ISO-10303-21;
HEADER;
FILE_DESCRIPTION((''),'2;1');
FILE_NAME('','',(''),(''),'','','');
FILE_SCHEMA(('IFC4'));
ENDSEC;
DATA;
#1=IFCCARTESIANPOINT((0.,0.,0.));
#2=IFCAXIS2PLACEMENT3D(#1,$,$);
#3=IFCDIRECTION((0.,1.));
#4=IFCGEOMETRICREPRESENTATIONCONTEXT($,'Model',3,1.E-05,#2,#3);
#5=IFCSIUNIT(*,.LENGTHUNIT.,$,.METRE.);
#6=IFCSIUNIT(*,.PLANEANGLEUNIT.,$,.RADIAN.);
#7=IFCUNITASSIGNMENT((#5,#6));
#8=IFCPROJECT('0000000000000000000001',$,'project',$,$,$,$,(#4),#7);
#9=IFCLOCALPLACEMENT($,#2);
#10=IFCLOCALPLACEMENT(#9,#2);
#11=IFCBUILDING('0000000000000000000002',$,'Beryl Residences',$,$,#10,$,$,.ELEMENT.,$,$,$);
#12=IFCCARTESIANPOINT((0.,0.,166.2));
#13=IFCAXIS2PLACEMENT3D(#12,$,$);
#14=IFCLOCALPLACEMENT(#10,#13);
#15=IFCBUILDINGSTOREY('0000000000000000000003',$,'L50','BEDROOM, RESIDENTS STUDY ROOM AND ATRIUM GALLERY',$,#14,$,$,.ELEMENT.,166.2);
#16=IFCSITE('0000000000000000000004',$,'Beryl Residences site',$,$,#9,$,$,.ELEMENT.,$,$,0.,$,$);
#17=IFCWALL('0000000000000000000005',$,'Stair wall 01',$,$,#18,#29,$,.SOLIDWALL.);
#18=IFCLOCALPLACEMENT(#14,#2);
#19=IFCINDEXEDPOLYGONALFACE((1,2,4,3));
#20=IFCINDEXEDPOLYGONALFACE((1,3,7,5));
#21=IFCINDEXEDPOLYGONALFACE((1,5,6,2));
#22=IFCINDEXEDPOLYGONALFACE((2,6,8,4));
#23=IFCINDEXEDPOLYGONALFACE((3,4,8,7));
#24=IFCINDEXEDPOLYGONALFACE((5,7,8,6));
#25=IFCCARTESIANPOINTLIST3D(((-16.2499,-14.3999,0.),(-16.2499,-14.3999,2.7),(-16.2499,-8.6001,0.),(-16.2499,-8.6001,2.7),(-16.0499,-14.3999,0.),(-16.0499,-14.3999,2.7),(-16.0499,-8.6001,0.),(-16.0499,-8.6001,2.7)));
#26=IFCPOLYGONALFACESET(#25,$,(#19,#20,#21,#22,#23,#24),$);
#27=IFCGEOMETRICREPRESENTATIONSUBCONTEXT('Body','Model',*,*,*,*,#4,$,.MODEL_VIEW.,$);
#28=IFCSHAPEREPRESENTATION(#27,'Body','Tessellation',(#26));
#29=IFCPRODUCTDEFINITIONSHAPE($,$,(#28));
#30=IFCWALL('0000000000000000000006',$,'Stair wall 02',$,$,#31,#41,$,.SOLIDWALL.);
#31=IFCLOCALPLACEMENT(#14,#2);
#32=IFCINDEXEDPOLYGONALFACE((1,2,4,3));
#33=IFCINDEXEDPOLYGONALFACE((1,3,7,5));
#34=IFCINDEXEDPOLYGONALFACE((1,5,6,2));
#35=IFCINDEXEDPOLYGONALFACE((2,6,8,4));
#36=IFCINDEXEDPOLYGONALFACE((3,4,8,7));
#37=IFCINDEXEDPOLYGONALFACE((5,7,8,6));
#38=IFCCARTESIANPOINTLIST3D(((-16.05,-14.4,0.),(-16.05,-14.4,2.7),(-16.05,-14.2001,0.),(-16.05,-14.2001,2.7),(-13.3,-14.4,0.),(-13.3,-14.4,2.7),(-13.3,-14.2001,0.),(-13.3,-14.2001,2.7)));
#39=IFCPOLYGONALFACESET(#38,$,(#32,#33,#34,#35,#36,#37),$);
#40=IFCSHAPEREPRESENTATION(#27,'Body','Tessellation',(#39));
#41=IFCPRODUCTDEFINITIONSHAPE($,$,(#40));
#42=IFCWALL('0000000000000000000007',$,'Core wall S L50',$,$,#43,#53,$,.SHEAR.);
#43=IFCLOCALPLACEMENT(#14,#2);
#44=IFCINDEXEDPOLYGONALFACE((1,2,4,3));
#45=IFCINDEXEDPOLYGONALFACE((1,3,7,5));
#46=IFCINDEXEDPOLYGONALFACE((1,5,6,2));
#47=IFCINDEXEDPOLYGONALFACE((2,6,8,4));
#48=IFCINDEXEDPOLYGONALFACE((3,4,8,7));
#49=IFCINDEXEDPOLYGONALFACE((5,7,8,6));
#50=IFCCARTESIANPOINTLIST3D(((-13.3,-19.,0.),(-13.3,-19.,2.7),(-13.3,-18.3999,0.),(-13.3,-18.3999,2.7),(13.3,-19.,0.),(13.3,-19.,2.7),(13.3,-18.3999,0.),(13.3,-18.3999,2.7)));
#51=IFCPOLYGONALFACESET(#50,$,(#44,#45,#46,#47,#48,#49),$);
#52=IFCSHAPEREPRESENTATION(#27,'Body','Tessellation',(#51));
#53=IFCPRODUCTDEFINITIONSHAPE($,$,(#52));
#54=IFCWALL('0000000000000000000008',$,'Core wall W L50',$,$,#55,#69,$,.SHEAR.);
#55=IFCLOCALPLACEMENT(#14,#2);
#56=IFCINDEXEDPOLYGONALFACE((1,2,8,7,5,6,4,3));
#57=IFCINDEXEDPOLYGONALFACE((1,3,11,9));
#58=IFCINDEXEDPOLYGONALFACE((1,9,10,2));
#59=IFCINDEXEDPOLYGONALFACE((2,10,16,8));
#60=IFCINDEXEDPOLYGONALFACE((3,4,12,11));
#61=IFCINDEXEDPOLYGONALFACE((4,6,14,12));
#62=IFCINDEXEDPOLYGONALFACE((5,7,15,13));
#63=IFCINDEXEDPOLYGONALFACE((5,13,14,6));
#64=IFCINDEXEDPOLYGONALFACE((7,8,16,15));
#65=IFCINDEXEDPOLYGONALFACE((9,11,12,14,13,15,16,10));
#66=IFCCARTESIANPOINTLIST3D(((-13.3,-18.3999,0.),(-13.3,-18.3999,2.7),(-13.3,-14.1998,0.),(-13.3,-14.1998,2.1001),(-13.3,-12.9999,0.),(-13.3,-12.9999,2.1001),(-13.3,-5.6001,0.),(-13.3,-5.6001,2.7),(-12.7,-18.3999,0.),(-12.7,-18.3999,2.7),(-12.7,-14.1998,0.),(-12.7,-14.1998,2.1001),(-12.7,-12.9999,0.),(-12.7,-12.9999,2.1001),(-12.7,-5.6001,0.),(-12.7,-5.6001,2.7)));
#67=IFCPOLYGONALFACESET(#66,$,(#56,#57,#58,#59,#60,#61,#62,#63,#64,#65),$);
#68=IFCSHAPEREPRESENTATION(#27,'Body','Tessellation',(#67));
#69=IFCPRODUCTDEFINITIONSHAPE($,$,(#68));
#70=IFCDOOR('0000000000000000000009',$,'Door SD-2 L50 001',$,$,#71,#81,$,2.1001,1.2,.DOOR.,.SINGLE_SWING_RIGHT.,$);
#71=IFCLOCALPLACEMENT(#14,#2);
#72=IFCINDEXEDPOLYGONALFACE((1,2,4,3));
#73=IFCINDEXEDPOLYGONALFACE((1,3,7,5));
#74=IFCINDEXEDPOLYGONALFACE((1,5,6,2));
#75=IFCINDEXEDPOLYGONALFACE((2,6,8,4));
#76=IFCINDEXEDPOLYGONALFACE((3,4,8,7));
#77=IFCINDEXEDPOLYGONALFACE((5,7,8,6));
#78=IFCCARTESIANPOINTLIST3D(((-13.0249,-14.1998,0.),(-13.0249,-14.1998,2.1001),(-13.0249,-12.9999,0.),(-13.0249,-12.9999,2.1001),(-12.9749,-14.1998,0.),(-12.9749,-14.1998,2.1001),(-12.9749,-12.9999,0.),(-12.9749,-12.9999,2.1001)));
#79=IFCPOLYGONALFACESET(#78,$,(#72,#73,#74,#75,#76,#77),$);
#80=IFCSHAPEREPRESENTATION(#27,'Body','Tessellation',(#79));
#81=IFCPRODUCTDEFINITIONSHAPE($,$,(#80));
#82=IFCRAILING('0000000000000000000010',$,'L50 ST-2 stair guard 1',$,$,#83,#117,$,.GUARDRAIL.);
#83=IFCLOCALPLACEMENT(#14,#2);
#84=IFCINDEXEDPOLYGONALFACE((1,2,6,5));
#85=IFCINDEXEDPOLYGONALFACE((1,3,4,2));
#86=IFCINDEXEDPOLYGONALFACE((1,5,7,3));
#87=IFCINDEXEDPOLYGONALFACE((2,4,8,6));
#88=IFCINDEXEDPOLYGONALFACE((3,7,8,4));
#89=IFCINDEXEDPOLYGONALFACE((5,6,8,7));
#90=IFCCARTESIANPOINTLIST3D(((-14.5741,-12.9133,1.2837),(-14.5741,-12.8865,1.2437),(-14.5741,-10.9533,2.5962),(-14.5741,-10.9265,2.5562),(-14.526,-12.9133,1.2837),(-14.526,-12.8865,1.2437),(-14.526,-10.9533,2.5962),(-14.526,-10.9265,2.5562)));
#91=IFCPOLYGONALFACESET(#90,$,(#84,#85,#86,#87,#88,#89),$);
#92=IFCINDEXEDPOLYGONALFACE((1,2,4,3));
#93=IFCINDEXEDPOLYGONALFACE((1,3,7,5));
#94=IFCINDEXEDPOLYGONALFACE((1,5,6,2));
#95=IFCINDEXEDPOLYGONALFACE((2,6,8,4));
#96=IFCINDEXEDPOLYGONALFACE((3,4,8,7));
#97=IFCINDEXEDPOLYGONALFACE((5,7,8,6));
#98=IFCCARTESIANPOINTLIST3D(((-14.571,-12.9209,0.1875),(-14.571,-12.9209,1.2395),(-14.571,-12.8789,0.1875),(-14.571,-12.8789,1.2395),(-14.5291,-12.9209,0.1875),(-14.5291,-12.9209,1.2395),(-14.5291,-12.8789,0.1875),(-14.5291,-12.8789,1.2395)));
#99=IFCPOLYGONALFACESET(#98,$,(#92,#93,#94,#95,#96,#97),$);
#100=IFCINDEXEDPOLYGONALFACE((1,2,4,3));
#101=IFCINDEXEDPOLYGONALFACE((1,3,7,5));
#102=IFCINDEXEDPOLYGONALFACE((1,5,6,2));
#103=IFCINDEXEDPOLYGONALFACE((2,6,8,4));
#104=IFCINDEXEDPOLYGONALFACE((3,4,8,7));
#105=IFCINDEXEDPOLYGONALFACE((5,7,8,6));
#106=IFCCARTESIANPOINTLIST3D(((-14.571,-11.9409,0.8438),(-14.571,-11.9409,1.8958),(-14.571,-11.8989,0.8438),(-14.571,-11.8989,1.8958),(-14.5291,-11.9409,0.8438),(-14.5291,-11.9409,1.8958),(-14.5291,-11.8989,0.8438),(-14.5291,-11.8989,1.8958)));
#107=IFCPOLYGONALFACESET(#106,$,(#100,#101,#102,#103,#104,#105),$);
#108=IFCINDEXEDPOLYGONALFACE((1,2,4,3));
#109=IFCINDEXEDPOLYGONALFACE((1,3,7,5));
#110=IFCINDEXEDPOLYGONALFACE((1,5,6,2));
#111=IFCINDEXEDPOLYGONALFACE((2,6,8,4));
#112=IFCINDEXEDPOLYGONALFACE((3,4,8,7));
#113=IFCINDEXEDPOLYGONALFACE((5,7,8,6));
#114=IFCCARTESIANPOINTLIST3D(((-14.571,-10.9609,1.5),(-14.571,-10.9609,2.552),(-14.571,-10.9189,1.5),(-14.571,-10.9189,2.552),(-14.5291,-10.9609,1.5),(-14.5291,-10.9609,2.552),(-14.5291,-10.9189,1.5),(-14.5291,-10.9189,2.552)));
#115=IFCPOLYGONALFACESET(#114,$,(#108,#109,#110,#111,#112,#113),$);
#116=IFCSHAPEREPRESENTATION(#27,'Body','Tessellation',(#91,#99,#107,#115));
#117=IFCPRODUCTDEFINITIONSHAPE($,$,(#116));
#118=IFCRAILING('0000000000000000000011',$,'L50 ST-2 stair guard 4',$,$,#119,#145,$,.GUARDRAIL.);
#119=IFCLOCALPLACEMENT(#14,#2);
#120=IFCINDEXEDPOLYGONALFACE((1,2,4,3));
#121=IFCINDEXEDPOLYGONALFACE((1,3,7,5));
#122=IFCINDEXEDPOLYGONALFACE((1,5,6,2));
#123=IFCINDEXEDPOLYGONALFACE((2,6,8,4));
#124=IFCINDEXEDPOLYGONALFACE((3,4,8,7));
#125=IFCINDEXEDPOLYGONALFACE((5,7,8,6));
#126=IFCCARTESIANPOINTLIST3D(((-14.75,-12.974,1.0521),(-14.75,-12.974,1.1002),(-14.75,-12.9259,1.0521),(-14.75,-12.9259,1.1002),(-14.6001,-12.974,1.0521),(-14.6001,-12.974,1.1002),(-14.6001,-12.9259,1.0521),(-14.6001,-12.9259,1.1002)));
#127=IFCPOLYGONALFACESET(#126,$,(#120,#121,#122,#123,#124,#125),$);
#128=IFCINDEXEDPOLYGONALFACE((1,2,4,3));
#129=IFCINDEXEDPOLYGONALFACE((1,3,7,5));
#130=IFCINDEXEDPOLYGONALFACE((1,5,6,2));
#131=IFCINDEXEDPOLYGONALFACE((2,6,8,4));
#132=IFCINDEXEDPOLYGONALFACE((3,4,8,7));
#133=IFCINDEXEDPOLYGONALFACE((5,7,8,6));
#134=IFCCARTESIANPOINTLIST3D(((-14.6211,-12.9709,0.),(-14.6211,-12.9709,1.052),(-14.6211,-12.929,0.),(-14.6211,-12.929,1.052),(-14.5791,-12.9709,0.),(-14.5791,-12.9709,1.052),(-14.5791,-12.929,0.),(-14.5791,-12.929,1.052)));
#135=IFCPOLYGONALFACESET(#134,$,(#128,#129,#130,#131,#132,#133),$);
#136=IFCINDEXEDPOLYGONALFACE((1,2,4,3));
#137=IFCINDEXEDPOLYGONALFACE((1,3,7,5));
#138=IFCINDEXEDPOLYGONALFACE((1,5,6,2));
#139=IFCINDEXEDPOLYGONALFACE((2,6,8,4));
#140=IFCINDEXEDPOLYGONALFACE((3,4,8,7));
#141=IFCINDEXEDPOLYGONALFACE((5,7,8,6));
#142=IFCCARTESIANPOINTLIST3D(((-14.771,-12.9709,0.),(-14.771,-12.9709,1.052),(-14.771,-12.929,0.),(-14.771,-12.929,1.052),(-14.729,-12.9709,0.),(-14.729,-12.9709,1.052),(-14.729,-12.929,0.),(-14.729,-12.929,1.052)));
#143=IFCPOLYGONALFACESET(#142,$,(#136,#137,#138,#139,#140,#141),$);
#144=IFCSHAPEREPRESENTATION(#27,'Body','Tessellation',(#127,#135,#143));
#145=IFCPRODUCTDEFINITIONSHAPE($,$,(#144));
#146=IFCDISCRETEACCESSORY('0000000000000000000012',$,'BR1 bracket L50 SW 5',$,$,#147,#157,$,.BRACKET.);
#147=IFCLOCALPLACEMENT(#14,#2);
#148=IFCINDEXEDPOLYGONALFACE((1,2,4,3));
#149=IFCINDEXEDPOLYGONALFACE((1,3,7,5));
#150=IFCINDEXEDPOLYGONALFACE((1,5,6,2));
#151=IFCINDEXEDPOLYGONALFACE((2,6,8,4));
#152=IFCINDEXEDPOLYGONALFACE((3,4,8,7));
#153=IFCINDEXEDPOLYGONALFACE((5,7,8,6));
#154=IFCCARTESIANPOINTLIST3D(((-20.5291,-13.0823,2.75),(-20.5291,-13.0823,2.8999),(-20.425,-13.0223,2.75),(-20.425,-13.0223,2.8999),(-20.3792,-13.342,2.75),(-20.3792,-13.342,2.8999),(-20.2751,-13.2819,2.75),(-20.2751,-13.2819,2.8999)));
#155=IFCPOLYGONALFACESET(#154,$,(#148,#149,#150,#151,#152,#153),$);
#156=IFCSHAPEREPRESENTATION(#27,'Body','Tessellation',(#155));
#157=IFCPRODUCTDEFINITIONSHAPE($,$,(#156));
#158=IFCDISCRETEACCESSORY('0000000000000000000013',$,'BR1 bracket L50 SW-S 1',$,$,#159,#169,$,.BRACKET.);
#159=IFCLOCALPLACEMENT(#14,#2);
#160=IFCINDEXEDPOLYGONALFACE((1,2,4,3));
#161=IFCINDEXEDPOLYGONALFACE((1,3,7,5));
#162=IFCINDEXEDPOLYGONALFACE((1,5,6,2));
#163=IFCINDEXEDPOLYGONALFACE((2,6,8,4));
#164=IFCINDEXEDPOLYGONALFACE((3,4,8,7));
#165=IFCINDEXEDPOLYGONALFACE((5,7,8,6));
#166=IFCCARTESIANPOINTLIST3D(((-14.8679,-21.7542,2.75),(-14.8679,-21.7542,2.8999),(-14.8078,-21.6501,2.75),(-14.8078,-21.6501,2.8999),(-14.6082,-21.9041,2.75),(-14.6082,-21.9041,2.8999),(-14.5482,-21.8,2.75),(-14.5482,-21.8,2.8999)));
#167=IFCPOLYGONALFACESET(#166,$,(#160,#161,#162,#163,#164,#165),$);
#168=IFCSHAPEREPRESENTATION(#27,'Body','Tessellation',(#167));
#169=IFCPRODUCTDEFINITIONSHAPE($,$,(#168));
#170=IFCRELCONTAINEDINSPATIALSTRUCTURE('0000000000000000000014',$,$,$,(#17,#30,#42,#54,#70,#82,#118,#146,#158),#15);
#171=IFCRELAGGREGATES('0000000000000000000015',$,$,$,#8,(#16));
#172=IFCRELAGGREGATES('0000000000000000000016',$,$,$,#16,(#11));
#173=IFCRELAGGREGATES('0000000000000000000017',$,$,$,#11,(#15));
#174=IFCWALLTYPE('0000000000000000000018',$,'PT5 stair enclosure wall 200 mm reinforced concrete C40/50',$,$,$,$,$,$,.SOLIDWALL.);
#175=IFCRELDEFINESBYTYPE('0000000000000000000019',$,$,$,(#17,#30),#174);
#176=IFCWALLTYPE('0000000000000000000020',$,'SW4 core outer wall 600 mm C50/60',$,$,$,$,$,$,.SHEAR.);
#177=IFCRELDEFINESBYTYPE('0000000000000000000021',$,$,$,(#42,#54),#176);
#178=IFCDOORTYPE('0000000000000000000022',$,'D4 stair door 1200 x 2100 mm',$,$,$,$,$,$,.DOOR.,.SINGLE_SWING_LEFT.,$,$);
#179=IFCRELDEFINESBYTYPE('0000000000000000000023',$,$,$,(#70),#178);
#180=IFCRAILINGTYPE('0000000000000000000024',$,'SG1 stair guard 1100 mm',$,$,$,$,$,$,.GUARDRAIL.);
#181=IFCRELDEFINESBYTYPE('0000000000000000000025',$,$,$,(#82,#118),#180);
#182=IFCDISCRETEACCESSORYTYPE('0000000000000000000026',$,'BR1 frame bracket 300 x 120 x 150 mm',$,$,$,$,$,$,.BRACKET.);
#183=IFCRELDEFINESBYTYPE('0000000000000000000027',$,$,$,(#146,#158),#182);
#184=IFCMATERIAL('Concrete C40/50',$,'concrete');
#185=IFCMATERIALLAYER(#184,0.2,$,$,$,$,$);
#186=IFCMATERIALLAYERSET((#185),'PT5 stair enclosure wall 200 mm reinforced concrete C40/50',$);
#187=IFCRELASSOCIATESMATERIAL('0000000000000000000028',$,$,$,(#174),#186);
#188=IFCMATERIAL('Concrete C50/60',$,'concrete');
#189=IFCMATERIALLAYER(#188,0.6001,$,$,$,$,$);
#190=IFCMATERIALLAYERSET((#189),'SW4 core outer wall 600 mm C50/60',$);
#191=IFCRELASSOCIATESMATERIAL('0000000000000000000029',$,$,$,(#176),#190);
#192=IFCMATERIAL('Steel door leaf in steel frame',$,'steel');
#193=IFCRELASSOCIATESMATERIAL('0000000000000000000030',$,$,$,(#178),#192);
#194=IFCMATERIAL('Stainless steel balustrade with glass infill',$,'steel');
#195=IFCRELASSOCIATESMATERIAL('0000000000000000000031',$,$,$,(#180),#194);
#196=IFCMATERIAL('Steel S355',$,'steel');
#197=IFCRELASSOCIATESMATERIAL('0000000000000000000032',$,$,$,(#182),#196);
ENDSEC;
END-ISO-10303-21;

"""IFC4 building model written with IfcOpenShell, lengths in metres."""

from ifc_helpers import new_model, si_unit, direction, frame, frame_2d, origin, origin_2d, place, context, subcontext, project, spatial, polyline, rectangle, outline, extrude, source, transform, mapped, material, layer, layer_set, type_object, type_shapes, element, fill, save


model = new_model("IFC4")

# Units and contexts
model_context = context("Model", 3, precision=1e-05, world=origin(), true_north=direction((0.0, 1.0)))
body_context = subcontext(model_context, "Body", "Model", "MODEL_VIEW")
ifc_project = project(units=[si_unit("LENGTHUNIT", "METRE"), si_unit("PLANEANGLEUNIT", "RADIAN")], contexts=[model_context])

# Site, building, storey
site_placement = place(None, origin())
site = spatial("IfcSite", under=ifc_project, at=site_placement, Name="Beryl Residences site", CompositionType="ELEMENT", RefElevation=0.0)
building_placement = place(site_placement, origin())
building = spatial("IfcBuilding", under=site, at=building_placement, Name="Beryl Residences", CompositionType="ELEMENT")
storey_placement = place(building_placement, frame((0.0, 0.0, 166.2)))
storey = spatial("IfcBuildingStorey", under=building, at=storey_placement, Name="L50", Description="BEDROOM, RESIDENTS STUDY ROOM AND ATRIUM GALLERY", CompositionType="ELEMENT", Elevation=166.2)

# Walls
ifc_material_1 = material(Name="Concrete C40/50", Category="concrete")
ifc_layer_1 = layer(ifc_material_1, 0.2)
ifc_layer_set_1 = layer_set([ifc_layer_1], Name="PT5 stair enclosure wall 200 mm reinforced concrete C40/50")
wall_type_1 = type_object("IfcWallType", Name="PT5 stair enclosure wall 200 mm reinforced concrete C40/50", PredefinedType="SOLIDWALL", material=ifc_layer_set_1)
wall_1_placement = place(storey_placement, frame((-16.1499, -14.3999, 0.0), z_axis=(0.0, 0.0, 1.0), x_axis=(0.0, 1.0, 0.0)))
element("IfcWall", 1, at=wall_1_placement, inside=storey, type_object=wall_type_1, Name="Stair wall 01", PredefinedType="SOLIDWALL", context=body_context, shape_type="SweptSolid", body=[
    extrude(rectangle(XDim=5.7998, YDim=0.2, at=frame_2d((2.8999, 0.0))), origin(), (0.0, 0.0, 1.0), 2.7),
])
wall_2_placement = place(storey_placement, frame((-16.05, -14.3, 0.0), z_axis=(0.0, 0.0, 1.0), x_axis=(1.0, 0.0, 0.0)))
element("IfcWall", 2, at=wall_2_placement, inside=storey, type_object=wall_type_1, Name="Stair wall 02", PredefinedType="SOLIDWALL", context=body_context, shape_type="SweptSolid", body=[
    extrude(rectangle(XDim=2.75, YDim=0.2, at=frame_2d((1.375, 0.0))), origin(), (0.0, 0.0, 1.0), 2.7),
])
ifc_material_2 = material(Name="Concrete C50/60", Category="concrete")
ifc_layer_2 = layer(ifc_material_2, 0.6001)
ifc_layer_set_2 = layer_set([ifc_layer_2], Name="SW4 core outer wall 600 mm C50/60")
wall_type_2 = type_object("IfcWallType", Name="SW4 core outer wall 600 mm C50/60", PredefinedType="SHEAR", material=ifc_layer_set_2)
wall_3_placement = place(storey_placement, frame((-13.3, -18.7, 0.0), z_axis=(0.0, 0.0, 1.0), x_axis=(1.0, 0.0, 0.0)))
element("IfcWall", 3, at=wall_3_placement, inside=storey, type_object=wall_type_2, Name="Core wall S L50", PredefinedType="SHEAR", context=body_context, shape_type="SweptSolid", body=[
    extrude(rectangle(XDim=26.6001, YDim=0.6001, at=frame_2d((13.3, 0.0))), origin(), (0.0, 0.0, 1.0), 2.7),
])

# Wall, opening, door
wall_4_placement = place(storey_placement, frame((-13.0, -18.3999, 0.0), z_axis=(0.0, 0.0, 1.0), x_axis=(0.0, 1.0, 0.0)))
wall_4 = element("IfcWall", 4, at=wall_4_placement, inside=storey, type_object=wall_type_2, Name="Core wall W L50", PredefinedType="SHEAR", context=body_context, shape_type="SweptSolid", body=[
    extrude(rectangle(XDim=12.7998, YDim=0.6001, at=frame_2d((6.3999, 0.0))), origin(), (0.0, 0.0, 1.0), 2.7),
])
opening_1_placement = place(wall_4_placement, frame((4.2, 0.0, 0.0)))
opening_1 = element("IfcOpeningElement", 5, at=opening_1_placement, cuts=wall_4, PredefinedType="OPENING", context=body_context, shape_type="SweptSolid", body=[
    extrude(rectangle(XDim=1.2, YDim=2.1001, at=frame_2d((0.6001, 1.05))), frame((0.0, 0.3101, 0.0), z_axis=(0.0, -1.0, 0.0), x_axis=(1.0, 0.0, 0.0)), (0.0, 0.0, 1.0), 0.6201),
])
ifc_material_3 = material(Name="Steel door leaf in steel frame", Category="steel")
door_type_1 = type_object("IfcDoorType", Name="D4 stair door 1200 x 2100 mm", OperationType="SINGLE_SWING_LEFT", PredefinedType="DOOR", material=ifc_material_3)
door_1_placement = place(opening_1_placement, origin())
door_1 = element("IfcDoor", 6, at=door_1_placement, inside=storey, type_object=door_type_1, Name="Door SD-2 L50 001", OperationType="SINGLE_SWING_RIGHT", OverallHeight=2.1001, OverallWidth=1.2, PredefinedType="DOOR", context=body_context, shape_type="SweptSolid", body=[
    extrude(rectangle(XDim=1.2, YDim=2.1001, at=frame_2d((0.6001, 1.05))), frame((0.0, 0.0249, 0.0), z_axis=(0.0, -1.0, 0.0), x_axis=(1.0, 0.0, 0.0)), (0.0, 0.0, 1.0), 0.05),
])
fill(opening_1, door_1)

# Railings
ifc_material_4 = material(Name="Stainless steel balustrade with glass infill", Category="steel")
railing_type = type_object("IfcRailingType", Name="SG1 stair guard 1100 mm", PredefinedType="GUARDRAIL", material=ifc_material_4)
railing_1_placement = place(storey_placement, frame((-14.55, -12.8999, 0.1875)))
element("IfcRailing", 7, at=railing_1_placement, inside=storey, type_object=railing_type, Name="L50 ST-2 stair guard 1", PredefinedType="GUARDRAIL", context=body_context, shape_type="SweptSolid", body=[
    extrude(rectangle(XDim=0.0481, YDim=0.0481, at=origin_2d()), frame((0.0, 0.0, 1.0762), z_axis=(0.0, 0.830902, 0.556419), x_axis=(-1.0, 0.0, 0.0)), (0.0, 0.0, 1.0), 2.3589),
    extrude(rectangle(XDim=0.042, YDim=0.042, at=origin_2d()), origin(), (0.0, 0.0, 1.0), 1.052),
    extrude(rectangle(XDim=0.042, YDim=0.042, at=origin_2d()), frame((0.0, 0.98, 0.6562)), (0.0, 0.0, 1.0), 1.052),
    extrude(rectangle(XDim=0.042, YDim=0.042, at=origin_2d()), frame((0.0, 1.96, 1.3125)), (0.0, 0.0, 1.0), 1.052),
])
railing_2_placement = place(storey_placement, frame((-14.6001, -12.95, 0.0)))
element("IfcRailing", 8, at=railing_2_placement, inside=storey, type_object=railing_type, Name="L50 ST-2 stair guard 4", PredefinedType="GUARDRAIL", context=body_context, shape_type="SweptSolid", body=[
    extrude(rectangle(XDim=0.0481, YDim=0.0481, at=origin_2d()), frame((0.0, 0.0, 1.0762), z_axis=(-1.0, 0.0, 0.0), x_axis=(0.0, -1.0, 0.0)), (0.0, 0.0, 1.0), 0.1499),
    extrude(rectangle(XDim=0.042, YDim=0.042, at=origin_2d()), origin(), (0.0, 0.0, 1.0), 1.052),
    extrude(rectangle(XDim=0.042, YDim=0.042, at=origin_2d()), frame((-0.1499, 0.0, 0.0)), (0.0, 0.0, 1.0), 1.052),
])

# Discrete accessories
ifc_material_5 = material(Name="Steel S355", Category="steel")
discrete_accessory_type = type_object("IfcDiscreteAccessoryType", Name="BR1 frame bracket 300 x 120 x 150 mm", PredefinedType="BRACKET", material=ifc_material_5)
shared_shape_1 = source(origin(), body_context, "Body", "SweptSolid", [
    extrude(outline(polyline([(-0.1499, 0.0), (0.1499, 0.0), (0.1499, 0.1201), (-0.1499, 0.1201), (-0.1499, 0.0)])), origin(), (0.0, 0.0, 1.0), 0.1499),
])
type_shapes(discrete_accessory_type, [shared_shape_1])
for number, where, z_axis, x_axis, name in (
    (9, (-20.3501, -13.1521, 2.75), (0.0, 0.0, 1.0), (-0.5, 0.866025, 0.0), "BR1 bracket L50 SW 5"),
    (10, (-14.678, -21.7251, 2.75), (0.0, 0.0, 1.0), (-0.866025, 0.5, 0.0), "BR1 bracket L50 SW-S 1"),
):
    element("IfcDiscreteAccessory", number, at=place(storey_placement, frame(where, z_axis=z_axis, x_axis=x_axis)), inside=storey, type_object=discrete_accessory_type, Name=name, PredefinedType="BRACKET", context=body_context, shape_type="MappedRepresentation", body=[
        mapped(shared_shape_1, transform((0.0, 0.0, 0.0))),
    ])

save(model, "model.ifc")
